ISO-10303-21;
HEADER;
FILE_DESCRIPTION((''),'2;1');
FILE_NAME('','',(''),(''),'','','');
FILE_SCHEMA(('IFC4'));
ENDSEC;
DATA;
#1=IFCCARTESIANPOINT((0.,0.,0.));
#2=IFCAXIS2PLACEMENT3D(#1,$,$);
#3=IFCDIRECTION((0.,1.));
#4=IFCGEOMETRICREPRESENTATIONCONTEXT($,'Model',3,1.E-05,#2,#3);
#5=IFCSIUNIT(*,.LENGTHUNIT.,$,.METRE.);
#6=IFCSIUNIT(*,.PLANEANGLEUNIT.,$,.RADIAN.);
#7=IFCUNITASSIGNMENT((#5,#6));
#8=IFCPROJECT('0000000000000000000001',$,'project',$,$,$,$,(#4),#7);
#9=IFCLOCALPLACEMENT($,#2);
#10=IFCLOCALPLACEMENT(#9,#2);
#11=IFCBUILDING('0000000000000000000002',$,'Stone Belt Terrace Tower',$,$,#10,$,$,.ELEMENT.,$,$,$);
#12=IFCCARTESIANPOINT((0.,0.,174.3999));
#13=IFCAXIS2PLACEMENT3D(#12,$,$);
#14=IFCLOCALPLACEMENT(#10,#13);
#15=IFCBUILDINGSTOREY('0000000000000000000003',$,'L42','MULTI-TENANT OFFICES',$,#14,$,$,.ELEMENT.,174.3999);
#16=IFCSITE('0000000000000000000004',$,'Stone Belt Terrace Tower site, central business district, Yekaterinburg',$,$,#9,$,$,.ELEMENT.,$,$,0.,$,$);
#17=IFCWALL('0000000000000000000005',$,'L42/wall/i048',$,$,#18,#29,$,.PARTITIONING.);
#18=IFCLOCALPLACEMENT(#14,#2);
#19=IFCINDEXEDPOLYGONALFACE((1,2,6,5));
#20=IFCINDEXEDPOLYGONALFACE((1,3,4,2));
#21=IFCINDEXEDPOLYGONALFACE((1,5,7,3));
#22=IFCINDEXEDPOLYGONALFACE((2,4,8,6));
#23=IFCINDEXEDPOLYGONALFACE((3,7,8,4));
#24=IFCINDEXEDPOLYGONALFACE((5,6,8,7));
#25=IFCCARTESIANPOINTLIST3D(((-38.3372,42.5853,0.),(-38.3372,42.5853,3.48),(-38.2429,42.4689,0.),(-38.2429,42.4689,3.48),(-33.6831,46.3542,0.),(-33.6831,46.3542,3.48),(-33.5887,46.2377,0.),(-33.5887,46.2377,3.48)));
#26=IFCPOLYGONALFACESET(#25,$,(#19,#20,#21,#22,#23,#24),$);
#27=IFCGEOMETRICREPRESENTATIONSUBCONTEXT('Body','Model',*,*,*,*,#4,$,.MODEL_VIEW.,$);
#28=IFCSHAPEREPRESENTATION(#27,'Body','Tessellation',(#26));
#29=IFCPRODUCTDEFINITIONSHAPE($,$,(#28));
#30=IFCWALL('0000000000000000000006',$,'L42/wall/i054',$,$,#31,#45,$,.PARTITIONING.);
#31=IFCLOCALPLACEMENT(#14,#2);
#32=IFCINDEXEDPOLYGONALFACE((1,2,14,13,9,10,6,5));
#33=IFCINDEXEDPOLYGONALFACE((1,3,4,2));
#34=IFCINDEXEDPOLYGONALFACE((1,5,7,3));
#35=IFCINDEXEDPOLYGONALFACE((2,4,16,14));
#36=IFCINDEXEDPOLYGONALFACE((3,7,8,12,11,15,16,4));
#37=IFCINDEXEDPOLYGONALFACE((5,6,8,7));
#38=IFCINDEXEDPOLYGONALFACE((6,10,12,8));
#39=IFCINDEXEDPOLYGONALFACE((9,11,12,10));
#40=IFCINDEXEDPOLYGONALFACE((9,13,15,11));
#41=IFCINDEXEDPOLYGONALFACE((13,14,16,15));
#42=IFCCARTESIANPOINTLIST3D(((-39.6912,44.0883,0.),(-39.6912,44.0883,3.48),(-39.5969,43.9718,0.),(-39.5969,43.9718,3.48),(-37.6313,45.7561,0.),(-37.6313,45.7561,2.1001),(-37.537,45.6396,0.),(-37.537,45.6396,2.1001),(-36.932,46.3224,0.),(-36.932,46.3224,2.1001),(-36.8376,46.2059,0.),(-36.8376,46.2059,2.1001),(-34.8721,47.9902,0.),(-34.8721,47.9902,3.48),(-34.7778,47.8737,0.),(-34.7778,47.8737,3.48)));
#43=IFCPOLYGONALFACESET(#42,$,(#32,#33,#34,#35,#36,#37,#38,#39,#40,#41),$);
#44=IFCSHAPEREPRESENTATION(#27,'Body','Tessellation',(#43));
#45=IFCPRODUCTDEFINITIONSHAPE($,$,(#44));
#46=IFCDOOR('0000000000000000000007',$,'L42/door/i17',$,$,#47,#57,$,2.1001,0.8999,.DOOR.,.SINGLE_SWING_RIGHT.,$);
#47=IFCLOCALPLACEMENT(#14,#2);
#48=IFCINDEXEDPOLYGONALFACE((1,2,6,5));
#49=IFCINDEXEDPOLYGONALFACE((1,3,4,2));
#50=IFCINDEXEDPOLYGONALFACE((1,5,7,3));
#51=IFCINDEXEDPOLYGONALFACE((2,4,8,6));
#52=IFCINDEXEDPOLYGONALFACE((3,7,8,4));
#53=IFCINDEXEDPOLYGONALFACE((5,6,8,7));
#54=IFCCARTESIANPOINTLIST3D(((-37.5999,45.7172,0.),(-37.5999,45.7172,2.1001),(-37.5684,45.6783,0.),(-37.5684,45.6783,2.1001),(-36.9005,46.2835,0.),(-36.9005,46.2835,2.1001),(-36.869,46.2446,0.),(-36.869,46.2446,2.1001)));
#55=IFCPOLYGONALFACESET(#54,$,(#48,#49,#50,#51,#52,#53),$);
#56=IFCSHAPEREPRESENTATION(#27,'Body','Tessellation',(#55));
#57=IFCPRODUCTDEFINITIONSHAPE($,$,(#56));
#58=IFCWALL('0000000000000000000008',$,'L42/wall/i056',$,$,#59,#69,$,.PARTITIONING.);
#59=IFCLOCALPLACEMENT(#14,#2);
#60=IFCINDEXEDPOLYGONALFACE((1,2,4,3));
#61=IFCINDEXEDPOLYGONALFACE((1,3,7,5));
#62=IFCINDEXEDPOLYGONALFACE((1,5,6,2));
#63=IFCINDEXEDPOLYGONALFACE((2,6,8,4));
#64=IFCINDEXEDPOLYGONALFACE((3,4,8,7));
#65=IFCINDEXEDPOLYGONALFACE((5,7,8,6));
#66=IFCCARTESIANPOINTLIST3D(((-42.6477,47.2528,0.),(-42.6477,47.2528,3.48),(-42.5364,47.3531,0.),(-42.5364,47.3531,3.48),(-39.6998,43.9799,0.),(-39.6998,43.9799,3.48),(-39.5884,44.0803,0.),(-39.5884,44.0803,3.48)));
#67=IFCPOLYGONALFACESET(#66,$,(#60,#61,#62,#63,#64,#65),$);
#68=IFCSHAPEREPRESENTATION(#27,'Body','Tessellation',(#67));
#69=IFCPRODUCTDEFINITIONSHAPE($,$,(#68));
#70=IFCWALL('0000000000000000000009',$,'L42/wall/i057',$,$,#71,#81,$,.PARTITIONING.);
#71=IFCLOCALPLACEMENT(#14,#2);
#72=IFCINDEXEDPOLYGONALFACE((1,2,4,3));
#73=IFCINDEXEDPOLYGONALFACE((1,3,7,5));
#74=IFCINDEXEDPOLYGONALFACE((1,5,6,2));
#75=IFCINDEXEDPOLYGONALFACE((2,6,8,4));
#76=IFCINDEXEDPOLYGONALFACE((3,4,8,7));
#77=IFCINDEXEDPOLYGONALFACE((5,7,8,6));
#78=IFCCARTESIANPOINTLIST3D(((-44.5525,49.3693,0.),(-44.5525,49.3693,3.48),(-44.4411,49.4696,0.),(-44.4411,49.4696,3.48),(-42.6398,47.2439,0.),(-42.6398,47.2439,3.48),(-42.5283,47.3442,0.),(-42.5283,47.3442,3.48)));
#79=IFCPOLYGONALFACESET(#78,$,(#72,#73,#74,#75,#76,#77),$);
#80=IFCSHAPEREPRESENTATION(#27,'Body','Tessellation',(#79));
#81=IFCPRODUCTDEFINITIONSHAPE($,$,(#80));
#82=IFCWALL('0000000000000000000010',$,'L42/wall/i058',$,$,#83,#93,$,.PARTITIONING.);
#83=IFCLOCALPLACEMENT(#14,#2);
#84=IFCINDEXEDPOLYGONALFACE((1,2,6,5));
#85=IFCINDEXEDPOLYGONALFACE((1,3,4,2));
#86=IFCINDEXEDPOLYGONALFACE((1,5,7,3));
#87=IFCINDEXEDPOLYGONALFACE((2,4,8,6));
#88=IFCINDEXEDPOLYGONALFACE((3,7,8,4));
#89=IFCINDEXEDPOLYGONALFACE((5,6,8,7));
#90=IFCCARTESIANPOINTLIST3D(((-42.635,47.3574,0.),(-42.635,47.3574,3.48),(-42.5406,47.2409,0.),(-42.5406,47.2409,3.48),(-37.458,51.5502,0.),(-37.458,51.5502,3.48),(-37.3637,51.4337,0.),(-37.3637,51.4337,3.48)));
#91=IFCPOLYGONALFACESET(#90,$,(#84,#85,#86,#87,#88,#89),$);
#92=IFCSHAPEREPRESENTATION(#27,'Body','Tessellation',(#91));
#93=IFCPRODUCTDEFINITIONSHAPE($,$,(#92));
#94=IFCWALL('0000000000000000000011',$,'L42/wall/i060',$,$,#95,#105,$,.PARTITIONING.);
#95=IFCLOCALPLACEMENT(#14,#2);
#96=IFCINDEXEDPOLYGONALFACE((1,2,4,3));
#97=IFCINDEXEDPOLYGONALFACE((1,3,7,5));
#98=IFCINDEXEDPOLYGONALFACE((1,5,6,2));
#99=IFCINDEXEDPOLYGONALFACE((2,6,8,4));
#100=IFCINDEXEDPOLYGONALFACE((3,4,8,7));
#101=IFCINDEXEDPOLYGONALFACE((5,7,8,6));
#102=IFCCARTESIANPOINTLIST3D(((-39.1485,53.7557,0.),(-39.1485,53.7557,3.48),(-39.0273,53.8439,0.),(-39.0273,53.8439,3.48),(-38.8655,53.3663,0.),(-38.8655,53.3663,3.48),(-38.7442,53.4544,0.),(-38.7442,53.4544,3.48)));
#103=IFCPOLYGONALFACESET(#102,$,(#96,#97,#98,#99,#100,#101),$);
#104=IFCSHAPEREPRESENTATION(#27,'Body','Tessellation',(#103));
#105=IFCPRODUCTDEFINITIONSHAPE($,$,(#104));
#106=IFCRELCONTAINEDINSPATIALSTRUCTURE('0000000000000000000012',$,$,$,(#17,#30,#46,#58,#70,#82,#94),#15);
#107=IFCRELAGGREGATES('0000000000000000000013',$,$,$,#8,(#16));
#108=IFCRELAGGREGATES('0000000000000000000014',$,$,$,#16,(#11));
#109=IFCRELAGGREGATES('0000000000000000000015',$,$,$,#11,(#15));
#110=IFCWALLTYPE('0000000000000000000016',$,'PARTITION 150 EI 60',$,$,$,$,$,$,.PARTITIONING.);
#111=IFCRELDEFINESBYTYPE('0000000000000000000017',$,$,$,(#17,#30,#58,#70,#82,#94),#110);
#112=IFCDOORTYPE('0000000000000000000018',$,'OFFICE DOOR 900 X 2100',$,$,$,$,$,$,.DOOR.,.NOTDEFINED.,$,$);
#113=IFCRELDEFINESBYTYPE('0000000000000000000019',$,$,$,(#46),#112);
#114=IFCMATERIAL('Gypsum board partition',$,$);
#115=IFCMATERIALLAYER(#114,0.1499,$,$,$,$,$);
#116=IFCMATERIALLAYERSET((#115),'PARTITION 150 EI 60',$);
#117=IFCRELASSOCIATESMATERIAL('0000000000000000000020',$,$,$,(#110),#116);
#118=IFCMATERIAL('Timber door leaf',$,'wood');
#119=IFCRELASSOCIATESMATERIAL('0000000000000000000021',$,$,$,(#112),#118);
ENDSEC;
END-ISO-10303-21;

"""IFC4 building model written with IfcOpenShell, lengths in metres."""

from ifc_helpers import new_model, si_unit, direction, frame, frame_2d, origin, place, context, subcontext, project, spatial, rectangle, extrude, material, layer, layer_set, type_object, element, fill, save


model = new_model("IFC4")

# Units and contexts
model_context = context("Model", 3, precision=1e-05, world=origin(), true_north=direction((0.0, 1.0)))
body_context = subcontext(model_context, "Body", "Model", "MODEL_VIEW")
ifc_project = project(units=[si_unit("LENGTHUNIT", "METRE"), si_unit("PLANEANGLEUNIT", "RADIAN")], contexts=[model_context])

# Site, building, storey
site_placement = place(None, origin())
site = spatial("IfcSite", under=ifc_project, at=site_placement, Name="Stone Belt Terrace Tower site, central business district, Yekaterinburg", CompositionType="ELEMENT", RefElevation=0.0)
building_placement = place(site_placement, origin())
building = spatial("IfcBuilding", under=site, at=building_placement, Name="Stone Belt Terrace Tower", CompositionType="ELEMENT")
storey_placement = place(building_placement, frame((0.0, 0.0, 174.3999)))
storey = spatial("IfcBuildingStorey", under=building, at=storey_placement, Name="L42", Description="MULTI-TENANT OFFICES", CompositionType="ELEMENT", Elevation=174.3999)

# Wall
ifc_material_1 = material(Name="Gypsum board partition")
ifc_layer_1 = layer(ifc_material_1, 0.1499)
ifc_layer_set_1 = layer_set([ifc_layer_1], Name="PARTITION 150 EI 60")
wall_type = type_object("IfcWallType", Name="PARTITION 150 EI 60", PredefinedType="PARTITIONING", material=ifc_layer_set_1)
wall_1_placement = place(storey_placement, frame((-38.29, 42.5271, 0.0), z_axis=(0.0, 0.0, 1.0), x_axis=(0.777144, 0.629323, 0.0)))
element("IfcWall", 1, at=wall_1_placement, inside=storey, type_object=wall_type, Name="L42/wall/i048", PredefinedType="PARTITIONING", context=body_context, shape_type="SweptSolid", body=[
    extrude(rectangle(XDim=5.9888, YDim=0.1499, at=frame_2d((2.9944, 0.0))), origin(), (0.0, 0.0, 1.0), 3.48),
])

# Wall, opening, door
wall_2_placement = place(storey_placement, frame((-39.644, 44.03, 0.0), z_axis=(0.0, 0.0, 1.0), x_axis=(0.777191, 0.629265, 0.0)))
wall_2 = element("IfcWall", 2, at=wall_2_placement, inside=storey, type_object=wall_type, Name="L42/wall/i054", PredefinedType="PARTITIONING", context=body_context, shape_type="SweptSolid", body=[
    extrude(rectangle(XDim=6.2007, YDim=0.1499, at=frame_2d((3.1003, 0.0))), origin(), (0.0, 0.0, 1.0), 3.48),
])
opening_placement = place(wall_2_placement, frame((2.6504, 0.0, 0.0)))
opening = element("IfcOpeningElement", 3, at=opening_placement, cuts=wall_2, PredefinedType="OPENING", context=body_context, shape_type="SweptSolid", body=[
    extrude(rectangle(XDim=0.8999, YDim=2.1001, at=frame_2d((0.45, 1.05))), frame((0.0, 0.085, 0.0), z_axis=(0.0, -1.0, 0.0), x_axis=(1.0, 0.0, 0.0)), (0.0, 0.0, 1.0), 0.1699),
])
ifc_material_2 = material(Name="Timber door leaf", Category="wood")
door_type = type_object("IfcDoorType", Name="OFFICE DOOR 900 X 2100", OperationType="NOTDEFINED", PredefinedType="DOOR", material=ifc_material_2)
door_placement = place(opening_placement, origin())
door = element("IfcDoor", 4, at=door_placement, inside=storey, type_object=door_type, Name="L42/door/i17", OperationType="SINGLE_SWING_RIGHT", OverallHeight=2.1001, OverallWidth=0.8999, PredefinedType="DOOR", context=body_context, shape_type="SweptSolid", body=[
    extrude(rectangle(XDim=0.8999, YDim=2.1001, at=frame_2d((0.45, 1.05))), frame((0.0, 0.0249, 0.0), z_axis=(0.0, -1.0, 0.0), x_axis=(1.0, 0.0, 0.0)), (0.0, 0.0, 1.0), 0.05),
])
fill(opening, door)

# Walls
wall_3_placement = place(storey_placement, frame((-42.592, 47.303, 0.0), z_axis=(0.0, 0.0, 1.0), x_axis=(0.669259, -0.74303, 0.0)))
element("IfcWall", 5, at=wall_3_placement, inside=storey, type_object=wall_type, Name="L42/wall/i056", PredefinedType="PARTITIONING", context=body_context, shape_type="SweptSolid", body=[
    extrude(rectangle(XDim=4.4048, YDim=0.1499, at=frame_2d((2.2024, 0.0))), origin(), (0.0, 0.0, 1.0), 3.48),
])
wall_4_placement = place(storey_placement, frame((-44.4968, 49.4194, 0.0), z_axis=(0.0, 0.0, 1.0), x_axis=(0.668946, -0.743311, 0.0)))
element("IfcWall", 6, at=wall_4_placement, inside=storey, type_object=wall_type, Name="L42/wall/i057", PredefinedType="PARTITIONING", context=body_context, shape_type="SweptSolid", body=[
    extrude(rectangle(XDim=2.8594, YDim=0.1499, at=frame_2d((1.4297, 0.0))), origin(), (0.0, 0.0, 1.0), 3.48),
])
wall_5_placement = place(storey_placement, frame((-42.5879, 47.2991, 0.0), z_axis=(0.0, 0.0, 1.0), x_axis=(0.777101, 0.629376, 0.0)))
element("IfcWall", 7, at=wall_5_placement, inside=storey, type_object=wall_type, Name="L42/wall/i058", PredefinedType="PARTITIONING", context=body_context, shape_type="SweptSolid", body=[
    extrude(rectangle(XDim=6.6619, YDim=0.1499, at=frame_2d((3.3311, 0.0))), origin(), (0.0, 0.0, 1.0), 3.48),
])
wall_6_placement = place(storey_placement, frame((-39.0879, 53.7998, 0.0), z_axis=(0.0, 0.0, 1.0), x_axis=(0.58784, -0.808977, 0.0)))
element("IfcWall", 8, at=wall_6_placement, inside=storey, type_object=wall_type, Name="L42/wall/i060", PredefinedType="PARTITIONING", context=body_context, shape_type="SweptSolid", body=[
    extrude(rectangle(XDim=0.4814, YDim=0.1499, at=frame_2d((0.2407, 0.0))), origin(), (0.0, 0.0, 1.0), 3.48),
])

save(model, "model.ifc")
